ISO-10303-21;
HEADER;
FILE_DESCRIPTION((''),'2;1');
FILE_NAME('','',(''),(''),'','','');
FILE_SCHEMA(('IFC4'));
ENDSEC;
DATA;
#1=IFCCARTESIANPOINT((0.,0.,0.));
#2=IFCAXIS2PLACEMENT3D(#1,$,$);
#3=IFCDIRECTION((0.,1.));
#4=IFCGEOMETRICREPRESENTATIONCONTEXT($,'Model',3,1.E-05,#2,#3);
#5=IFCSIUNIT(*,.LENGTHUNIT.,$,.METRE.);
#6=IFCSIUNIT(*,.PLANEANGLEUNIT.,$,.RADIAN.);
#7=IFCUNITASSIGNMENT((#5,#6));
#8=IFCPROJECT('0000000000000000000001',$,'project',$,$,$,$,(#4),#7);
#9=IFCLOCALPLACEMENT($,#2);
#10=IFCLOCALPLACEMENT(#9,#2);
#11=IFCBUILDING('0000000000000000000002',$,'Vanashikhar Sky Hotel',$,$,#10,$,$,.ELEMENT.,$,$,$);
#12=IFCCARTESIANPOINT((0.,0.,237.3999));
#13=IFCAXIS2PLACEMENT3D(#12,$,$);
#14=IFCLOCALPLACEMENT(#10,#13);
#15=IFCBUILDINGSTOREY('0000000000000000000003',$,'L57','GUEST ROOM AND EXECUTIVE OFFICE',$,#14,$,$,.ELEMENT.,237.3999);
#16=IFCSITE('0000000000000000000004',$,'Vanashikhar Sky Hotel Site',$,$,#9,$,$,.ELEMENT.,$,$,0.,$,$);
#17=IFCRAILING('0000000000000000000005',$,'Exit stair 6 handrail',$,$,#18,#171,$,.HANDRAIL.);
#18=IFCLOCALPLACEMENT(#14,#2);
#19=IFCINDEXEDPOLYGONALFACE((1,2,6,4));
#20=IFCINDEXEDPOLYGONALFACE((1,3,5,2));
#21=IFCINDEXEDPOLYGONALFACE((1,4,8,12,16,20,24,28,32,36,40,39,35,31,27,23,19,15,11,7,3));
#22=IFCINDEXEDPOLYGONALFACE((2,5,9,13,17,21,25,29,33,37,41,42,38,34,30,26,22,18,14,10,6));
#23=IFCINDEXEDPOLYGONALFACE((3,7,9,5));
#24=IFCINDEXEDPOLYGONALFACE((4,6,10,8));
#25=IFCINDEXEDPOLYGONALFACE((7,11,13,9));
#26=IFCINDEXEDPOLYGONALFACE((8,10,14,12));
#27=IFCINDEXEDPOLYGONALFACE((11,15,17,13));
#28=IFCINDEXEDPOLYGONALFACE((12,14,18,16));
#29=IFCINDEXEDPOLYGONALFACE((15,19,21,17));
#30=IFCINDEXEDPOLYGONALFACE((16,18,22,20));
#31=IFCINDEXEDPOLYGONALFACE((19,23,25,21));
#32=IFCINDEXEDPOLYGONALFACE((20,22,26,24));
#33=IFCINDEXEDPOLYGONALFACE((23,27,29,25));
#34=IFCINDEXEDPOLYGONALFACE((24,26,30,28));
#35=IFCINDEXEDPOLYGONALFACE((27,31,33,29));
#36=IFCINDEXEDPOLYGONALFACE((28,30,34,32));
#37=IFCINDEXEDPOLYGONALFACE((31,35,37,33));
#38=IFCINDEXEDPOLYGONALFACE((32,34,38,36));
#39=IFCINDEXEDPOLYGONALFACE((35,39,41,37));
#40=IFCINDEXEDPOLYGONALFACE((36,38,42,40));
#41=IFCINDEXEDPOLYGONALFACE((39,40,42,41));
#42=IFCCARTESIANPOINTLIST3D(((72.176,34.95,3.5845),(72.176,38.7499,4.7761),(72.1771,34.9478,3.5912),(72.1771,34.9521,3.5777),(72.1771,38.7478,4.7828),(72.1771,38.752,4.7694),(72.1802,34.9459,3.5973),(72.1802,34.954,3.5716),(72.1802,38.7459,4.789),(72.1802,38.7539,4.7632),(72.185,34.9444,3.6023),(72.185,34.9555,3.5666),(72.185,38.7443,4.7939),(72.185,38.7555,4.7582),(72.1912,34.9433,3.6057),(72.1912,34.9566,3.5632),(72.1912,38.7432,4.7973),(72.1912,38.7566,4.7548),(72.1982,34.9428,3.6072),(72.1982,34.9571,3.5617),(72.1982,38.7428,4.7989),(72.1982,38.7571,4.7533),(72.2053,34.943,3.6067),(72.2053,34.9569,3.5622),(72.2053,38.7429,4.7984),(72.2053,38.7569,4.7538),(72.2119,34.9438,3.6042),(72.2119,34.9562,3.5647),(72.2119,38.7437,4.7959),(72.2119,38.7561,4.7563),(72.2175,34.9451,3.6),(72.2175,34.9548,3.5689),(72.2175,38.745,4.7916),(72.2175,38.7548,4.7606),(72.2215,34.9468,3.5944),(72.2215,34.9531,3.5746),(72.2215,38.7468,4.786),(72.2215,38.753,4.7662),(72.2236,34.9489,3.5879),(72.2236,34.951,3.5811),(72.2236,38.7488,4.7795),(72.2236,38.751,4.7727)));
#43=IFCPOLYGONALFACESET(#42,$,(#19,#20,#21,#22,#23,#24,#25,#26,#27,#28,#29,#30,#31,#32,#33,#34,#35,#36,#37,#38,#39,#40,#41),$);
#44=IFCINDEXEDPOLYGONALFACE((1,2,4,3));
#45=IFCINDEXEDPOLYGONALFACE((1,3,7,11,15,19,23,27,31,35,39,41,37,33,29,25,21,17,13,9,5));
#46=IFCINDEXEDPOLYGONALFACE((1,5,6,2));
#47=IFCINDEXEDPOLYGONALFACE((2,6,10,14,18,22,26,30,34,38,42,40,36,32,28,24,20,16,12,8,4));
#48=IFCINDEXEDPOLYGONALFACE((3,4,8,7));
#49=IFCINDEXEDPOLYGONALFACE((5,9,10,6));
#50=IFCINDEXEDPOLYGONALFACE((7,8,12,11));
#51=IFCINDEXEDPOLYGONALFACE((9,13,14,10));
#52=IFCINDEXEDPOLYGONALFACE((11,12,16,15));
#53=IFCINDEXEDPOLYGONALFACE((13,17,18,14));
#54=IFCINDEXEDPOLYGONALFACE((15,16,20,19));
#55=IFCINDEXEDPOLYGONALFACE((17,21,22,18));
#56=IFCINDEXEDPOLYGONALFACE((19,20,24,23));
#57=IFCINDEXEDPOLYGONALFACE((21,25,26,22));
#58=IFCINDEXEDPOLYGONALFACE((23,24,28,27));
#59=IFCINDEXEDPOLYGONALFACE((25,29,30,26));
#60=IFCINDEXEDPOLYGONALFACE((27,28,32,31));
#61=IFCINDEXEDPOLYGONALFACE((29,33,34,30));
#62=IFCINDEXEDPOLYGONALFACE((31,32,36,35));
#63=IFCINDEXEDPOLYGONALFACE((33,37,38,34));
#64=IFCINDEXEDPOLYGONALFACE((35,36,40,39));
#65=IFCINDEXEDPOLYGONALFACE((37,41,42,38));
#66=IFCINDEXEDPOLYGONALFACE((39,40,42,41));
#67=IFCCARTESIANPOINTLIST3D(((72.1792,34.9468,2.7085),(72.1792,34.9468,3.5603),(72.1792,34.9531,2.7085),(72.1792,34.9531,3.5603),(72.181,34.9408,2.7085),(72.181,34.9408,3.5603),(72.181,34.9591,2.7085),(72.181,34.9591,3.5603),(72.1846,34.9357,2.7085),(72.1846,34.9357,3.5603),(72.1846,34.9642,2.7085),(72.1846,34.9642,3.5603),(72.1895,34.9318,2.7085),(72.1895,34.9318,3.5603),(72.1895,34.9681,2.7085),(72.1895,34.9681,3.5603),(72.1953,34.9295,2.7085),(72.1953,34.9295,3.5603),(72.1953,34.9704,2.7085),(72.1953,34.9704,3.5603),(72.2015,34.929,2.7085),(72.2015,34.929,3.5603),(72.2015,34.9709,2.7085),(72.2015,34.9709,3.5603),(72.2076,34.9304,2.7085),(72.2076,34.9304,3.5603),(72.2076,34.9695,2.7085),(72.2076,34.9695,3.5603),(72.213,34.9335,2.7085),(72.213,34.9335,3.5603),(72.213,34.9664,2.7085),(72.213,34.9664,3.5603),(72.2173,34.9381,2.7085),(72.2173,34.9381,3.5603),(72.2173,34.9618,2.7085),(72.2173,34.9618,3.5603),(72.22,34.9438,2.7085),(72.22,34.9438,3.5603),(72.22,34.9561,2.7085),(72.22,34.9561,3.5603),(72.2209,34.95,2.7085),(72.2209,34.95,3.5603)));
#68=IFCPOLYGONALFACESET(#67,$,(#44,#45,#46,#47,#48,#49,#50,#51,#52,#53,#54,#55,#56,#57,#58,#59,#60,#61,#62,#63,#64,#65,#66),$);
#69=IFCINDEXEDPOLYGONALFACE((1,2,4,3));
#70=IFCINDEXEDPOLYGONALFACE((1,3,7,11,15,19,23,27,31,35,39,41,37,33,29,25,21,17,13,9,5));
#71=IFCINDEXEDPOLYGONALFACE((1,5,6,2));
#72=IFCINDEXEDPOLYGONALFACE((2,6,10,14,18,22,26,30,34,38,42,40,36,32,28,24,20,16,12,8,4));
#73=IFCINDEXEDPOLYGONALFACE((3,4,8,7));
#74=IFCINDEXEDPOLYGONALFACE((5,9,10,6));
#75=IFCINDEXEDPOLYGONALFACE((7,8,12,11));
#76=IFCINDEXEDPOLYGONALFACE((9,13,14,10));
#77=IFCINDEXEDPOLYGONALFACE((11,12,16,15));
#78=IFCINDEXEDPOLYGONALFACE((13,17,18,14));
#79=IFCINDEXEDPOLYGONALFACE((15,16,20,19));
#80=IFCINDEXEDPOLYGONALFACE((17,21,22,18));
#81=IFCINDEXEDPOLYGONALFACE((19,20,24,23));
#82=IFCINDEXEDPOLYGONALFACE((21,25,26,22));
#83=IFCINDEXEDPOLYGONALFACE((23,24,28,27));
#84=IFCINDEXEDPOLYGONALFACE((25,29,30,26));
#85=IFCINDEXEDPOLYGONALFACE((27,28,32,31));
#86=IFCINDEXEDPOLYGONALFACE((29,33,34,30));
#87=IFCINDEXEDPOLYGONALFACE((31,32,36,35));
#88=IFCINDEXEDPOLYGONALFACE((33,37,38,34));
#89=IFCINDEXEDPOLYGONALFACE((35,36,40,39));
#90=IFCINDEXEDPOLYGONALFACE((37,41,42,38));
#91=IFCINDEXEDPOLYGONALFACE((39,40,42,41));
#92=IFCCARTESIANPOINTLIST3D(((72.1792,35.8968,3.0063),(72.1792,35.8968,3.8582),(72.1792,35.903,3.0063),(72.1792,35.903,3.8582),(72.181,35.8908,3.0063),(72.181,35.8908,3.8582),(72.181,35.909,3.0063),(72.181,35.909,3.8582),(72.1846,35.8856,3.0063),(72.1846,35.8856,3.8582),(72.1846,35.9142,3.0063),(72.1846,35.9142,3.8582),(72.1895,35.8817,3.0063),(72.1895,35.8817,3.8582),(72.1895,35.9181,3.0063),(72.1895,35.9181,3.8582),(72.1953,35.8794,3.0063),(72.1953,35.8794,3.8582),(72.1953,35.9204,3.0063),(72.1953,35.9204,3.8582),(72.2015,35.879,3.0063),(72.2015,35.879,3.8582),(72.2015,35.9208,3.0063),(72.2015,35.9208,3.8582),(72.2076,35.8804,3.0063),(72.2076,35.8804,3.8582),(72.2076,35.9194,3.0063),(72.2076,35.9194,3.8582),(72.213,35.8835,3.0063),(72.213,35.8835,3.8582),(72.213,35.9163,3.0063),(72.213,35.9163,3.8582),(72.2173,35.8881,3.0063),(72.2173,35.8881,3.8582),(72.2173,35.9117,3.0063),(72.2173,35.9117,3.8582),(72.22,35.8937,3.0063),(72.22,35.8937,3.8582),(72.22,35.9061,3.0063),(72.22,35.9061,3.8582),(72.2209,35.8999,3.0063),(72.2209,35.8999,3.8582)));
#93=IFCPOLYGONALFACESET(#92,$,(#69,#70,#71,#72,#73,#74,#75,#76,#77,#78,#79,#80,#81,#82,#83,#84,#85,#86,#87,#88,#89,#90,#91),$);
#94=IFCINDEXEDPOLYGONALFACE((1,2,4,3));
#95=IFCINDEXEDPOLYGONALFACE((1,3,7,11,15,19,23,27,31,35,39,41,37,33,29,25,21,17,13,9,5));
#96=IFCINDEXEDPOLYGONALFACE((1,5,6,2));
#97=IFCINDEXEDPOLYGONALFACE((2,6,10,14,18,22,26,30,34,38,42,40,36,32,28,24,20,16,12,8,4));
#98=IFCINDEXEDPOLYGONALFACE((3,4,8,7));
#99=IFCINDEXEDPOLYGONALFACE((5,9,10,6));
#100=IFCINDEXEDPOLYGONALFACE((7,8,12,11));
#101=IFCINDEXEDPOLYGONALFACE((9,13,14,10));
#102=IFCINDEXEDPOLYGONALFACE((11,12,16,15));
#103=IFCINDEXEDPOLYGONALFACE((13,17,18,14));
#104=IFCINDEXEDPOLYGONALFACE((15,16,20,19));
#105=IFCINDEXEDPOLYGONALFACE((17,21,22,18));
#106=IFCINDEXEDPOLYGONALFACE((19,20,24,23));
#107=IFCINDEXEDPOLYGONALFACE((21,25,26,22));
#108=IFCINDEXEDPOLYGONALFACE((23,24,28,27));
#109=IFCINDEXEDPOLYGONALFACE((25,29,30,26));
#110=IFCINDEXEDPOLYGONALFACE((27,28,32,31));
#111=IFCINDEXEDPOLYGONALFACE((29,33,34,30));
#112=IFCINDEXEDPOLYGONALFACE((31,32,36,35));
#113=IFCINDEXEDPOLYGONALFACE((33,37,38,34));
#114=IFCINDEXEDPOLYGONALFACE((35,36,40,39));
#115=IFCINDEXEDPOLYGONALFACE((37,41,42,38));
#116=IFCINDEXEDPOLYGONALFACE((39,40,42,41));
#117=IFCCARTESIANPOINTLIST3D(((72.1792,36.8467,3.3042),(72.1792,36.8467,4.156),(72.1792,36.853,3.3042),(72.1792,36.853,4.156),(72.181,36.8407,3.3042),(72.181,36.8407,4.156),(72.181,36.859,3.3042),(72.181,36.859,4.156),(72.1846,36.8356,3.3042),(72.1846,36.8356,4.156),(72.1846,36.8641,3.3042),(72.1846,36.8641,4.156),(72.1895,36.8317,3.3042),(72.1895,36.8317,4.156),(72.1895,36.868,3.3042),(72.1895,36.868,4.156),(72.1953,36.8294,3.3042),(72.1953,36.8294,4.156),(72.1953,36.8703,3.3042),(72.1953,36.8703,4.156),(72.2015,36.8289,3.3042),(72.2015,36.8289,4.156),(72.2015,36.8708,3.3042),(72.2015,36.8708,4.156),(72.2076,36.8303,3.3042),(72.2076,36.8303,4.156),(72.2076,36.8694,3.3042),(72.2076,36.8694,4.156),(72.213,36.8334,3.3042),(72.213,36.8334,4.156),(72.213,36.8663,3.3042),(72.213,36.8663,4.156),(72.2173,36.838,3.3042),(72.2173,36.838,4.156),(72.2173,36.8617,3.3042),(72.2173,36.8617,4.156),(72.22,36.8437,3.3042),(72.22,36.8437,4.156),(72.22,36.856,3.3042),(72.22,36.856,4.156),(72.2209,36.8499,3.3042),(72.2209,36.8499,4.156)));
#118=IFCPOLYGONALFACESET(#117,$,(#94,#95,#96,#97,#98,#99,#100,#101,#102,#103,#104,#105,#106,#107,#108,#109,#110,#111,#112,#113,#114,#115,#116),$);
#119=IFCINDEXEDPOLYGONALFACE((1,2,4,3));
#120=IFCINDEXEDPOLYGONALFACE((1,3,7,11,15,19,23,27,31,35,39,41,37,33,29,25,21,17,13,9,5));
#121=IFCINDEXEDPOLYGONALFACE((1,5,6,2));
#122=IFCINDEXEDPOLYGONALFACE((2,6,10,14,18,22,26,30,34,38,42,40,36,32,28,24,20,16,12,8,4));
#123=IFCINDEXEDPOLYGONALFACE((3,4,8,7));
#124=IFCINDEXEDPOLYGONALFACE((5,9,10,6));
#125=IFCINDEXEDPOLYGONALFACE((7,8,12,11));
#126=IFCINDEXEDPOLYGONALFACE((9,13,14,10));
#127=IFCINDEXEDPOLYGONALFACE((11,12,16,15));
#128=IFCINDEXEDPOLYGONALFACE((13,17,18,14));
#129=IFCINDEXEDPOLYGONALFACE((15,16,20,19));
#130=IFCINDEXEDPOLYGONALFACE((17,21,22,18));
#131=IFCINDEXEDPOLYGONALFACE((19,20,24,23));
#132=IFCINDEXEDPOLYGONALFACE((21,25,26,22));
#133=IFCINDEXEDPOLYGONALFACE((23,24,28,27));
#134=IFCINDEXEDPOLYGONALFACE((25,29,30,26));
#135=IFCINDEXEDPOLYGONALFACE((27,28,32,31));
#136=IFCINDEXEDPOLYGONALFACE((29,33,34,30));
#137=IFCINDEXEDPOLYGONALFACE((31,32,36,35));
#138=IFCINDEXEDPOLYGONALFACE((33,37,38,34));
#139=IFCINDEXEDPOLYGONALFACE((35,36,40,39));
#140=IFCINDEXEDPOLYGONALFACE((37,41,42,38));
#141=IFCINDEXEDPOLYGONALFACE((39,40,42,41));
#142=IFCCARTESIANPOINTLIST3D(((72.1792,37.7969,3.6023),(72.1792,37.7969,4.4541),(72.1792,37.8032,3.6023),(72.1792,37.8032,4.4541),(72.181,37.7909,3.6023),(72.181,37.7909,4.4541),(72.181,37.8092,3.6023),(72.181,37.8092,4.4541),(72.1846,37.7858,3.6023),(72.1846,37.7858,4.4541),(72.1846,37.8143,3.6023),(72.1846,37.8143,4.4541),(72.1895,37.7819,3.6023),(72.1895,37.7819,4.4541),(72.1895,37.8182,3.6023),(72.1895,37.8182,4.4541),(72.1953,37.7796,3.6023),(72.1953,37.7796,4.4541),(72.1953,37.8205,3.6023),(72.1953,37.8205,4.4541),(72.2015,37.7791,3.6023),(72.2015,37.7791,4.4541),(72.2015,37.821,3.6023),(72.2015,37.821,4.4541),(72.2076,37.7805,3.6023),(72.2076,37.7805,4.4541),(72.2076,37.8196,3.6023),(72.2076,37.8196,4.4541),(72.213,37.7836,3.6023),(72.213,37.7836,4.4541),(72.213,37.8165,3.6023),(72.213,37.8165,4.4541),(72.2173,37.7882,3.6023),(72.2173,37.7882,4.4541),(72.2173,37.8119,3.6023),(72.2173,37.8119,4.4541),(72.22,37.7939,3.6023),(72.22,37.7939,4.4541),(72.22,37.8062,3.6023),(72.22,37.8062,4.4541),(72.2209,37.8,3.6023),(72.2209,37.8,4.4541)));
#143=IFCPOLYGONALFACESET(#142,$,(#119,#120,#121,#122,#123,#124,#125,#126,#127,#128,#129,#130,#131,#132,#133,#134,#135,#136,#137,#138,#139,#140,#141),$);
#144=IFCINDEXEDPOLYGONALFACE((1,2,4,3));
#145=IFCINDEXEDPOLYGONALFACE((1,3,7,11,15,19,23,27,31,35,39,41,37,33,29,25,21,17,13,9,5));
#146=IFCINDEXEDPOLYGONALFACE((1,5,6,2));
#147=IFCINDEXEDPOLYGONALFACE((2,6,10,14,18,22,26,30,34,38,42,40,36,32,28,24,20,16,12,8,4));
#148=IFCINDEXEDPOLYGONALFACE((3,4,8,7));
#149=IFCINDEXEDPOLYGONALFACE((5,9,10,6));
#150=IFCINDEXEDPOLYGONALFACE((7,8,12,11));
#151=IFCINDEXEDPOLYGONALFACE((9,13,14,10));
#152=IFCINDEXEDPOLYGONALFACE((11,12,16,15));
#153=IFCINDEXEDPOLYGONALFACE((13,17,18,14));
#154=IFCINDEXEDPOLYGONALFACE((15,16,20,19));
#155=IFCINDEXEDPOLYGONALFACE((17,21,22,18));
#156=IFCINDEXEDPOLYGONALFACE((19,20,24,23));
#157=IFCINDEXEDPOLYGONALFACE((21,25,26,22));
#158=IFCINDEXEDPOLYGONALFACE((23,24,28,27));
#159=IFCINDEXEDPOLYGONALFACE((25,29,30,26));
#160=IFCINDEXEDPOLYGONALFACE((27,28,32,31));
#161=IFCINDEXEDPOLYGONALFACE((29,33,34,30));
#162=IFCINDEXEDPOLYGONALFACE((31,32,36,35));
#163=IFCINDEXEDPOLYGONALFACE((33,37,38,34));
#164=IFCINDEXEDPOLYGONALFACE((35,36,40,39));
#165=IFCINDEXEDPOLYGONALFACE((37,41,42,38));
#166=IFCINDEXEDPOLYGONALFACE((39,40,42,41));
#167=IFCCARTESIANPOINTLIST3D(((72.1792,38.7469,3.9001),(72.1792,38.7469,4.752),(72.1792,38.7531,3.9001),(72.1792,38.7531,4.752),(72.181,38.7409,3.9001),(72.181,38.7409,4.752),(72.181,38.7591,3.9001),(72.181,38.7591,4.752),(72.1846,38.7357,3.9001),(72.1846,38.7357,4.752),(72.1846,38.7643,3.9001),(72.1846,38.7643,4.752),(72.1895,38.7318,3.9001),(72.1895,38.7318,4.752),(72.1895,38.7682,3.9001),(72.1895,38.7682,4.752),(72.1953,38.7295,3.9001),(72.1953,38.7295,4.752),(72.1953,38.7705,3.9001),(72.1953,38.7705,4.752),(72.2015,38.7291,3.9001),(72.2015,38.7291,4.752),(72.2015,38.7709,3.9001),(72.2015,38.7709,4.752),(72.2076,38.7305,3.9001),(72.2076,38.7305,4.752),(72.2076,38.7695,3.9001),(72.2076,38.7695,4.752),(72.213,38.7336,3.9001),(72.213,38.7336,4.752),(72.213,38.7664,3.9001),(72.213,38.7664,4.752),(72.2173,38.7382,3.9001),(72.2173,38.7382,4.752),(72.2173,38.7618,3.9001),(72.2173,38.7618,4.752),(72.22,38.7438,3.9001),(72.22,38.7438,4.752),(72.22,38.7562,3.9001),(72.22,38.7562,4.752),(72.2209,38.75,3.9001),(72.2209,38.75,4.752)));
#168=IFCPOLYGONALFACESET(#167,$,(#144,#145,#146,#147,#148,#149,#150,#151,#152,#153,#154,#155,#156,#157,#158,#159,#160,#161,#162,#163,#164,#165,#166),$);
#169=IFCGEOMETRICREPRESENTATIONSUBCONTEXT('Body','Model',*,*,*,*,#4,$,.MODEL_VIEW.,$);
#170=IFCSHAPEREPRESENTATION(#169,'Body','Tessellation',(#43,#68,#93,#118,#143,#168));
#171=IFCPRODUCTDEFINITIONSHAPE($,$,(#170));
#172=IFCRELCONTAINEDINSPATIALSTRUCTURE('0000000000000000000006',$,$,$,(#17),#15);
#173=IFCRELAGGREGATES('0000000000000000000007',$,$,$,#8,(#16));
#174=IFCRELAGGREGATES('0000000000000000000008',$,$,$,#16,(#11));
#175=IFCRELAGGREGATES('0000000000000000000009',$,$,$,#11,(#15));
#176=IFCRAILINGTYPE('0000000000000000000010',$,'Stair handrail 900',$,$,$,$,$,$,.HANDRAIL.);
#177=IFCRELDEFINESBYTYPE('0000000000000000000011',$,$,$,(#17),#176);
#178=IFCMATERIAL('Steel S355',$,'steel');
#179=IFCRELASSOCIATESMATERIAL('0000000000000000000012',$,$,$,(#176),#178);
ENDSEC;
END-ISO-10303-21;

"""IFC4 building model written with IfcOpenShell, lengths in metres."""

from ifc_helpers import new_model, si_unit, direction, frame, origin, origin_2d, place, context, subcontext, project, spatial, circle, extrude, source, transform, mapped, material, type_object, element, save


model = new_model("IFC4")

# Units and contexts
model_context = context("Model", 3, precision=1e-05, world=origin(), true_north=direction((0.0, 1.0)))
body_context = subcontext(model_context, "Body", "Model", "MODEL_VIEW")
ifc_project = project(units=[si_unit("LENGTHUNIT", "METRE"), si_unit("PLANEANGLEUNIT", "RADIAN")], contexts=[model_context])

# Site, building, storey
site_placement = place(None, origin())
site = spatial("IfcSite", under=ifc_project, at=site_placement, Name="Vanashikhar Sky Hotel Site", CompositionType="ELEMENT", RefElevation=0.0)
building_placement = place(site_placement, origin())
building = spatial("IfcBuilding", under=site, at=building_placement, Name="Vanashikhar Sky Hotel", CompositionType="ELEMENT")
storey_placement = place(building_placement, frame((0.0, 0.0, 237.3999)))
storey = spatial("IfcBuildingStorey", under=building, at=storey_placement, Name="L57", Description="GUEST ROOM AND EXECUTIVE OFFICE", CompositionType="ELEMENT", Elevation=237.3999)

# Railing
ifc_material_1 = material(Name="Steel S355", Category="steel")
railing_type_1 = type_object("IfcRailingType", Name="Stair handrail 900", PredefinedType="HANDRAIL", material=ifc_material_1)
shared_shape_1 = source(origin(), body_context, "Body", "SweptSolid", [
    extrude(circle(Radius=0.0239, at=origin_2d()), frame((0.0, 0.0, 0.876), z_axis=(0.0, 0.954184, 0.299221), x_axis=(-1.0, 0.0, 0.0)), (0.0, 0.0, 1.0), 3.9824),
    extrude(circle(Radius=0.021, at=origin_2d()), origin(), (0.0, 0.0, 1.0), 0.8518),
    extrude(circle(Radius=0.021, at=origin_2d()), frame((0.0, 0.95, 0.2979)), (0.0, 0.0, 1.0), 0.8518),
    extrude(circle(Radius=0.021, at=origin_2d()), frame((0.0, 1.8999, 0.5957)), (0.0, 0.0, 1.0), 0.8518),
    extrude(circle(Radius=0.021, at=origin_2d()), frame((0.0, 2.8501, 0.8938)), (0.0, 0.0, 1.0), 0.8518),
    extrude(circle(Radius=0.021, at=origin_2d()), frame((0.0, 3.8, 1.1917)), (0.0, 0.0, 1.0), 0.8518),
])
for number, where, name in (
    (1, (72.2, 34.95, 2.7085), "Exit stair 6 handrail"),
):
    element("IfcRailing", number, at=place(storey_placement, frame(where)), inside=storey, type_object=railing_type_1, Name=name, PredefinedType="HANDRAIL", context=body_context, shape_type="MappedRepresentation", body=[
        mapped(shared_shape_1, transform((0.0, 0.0, 0.0), scale=1.0)),
    ])

save(model, "model.ifc")
